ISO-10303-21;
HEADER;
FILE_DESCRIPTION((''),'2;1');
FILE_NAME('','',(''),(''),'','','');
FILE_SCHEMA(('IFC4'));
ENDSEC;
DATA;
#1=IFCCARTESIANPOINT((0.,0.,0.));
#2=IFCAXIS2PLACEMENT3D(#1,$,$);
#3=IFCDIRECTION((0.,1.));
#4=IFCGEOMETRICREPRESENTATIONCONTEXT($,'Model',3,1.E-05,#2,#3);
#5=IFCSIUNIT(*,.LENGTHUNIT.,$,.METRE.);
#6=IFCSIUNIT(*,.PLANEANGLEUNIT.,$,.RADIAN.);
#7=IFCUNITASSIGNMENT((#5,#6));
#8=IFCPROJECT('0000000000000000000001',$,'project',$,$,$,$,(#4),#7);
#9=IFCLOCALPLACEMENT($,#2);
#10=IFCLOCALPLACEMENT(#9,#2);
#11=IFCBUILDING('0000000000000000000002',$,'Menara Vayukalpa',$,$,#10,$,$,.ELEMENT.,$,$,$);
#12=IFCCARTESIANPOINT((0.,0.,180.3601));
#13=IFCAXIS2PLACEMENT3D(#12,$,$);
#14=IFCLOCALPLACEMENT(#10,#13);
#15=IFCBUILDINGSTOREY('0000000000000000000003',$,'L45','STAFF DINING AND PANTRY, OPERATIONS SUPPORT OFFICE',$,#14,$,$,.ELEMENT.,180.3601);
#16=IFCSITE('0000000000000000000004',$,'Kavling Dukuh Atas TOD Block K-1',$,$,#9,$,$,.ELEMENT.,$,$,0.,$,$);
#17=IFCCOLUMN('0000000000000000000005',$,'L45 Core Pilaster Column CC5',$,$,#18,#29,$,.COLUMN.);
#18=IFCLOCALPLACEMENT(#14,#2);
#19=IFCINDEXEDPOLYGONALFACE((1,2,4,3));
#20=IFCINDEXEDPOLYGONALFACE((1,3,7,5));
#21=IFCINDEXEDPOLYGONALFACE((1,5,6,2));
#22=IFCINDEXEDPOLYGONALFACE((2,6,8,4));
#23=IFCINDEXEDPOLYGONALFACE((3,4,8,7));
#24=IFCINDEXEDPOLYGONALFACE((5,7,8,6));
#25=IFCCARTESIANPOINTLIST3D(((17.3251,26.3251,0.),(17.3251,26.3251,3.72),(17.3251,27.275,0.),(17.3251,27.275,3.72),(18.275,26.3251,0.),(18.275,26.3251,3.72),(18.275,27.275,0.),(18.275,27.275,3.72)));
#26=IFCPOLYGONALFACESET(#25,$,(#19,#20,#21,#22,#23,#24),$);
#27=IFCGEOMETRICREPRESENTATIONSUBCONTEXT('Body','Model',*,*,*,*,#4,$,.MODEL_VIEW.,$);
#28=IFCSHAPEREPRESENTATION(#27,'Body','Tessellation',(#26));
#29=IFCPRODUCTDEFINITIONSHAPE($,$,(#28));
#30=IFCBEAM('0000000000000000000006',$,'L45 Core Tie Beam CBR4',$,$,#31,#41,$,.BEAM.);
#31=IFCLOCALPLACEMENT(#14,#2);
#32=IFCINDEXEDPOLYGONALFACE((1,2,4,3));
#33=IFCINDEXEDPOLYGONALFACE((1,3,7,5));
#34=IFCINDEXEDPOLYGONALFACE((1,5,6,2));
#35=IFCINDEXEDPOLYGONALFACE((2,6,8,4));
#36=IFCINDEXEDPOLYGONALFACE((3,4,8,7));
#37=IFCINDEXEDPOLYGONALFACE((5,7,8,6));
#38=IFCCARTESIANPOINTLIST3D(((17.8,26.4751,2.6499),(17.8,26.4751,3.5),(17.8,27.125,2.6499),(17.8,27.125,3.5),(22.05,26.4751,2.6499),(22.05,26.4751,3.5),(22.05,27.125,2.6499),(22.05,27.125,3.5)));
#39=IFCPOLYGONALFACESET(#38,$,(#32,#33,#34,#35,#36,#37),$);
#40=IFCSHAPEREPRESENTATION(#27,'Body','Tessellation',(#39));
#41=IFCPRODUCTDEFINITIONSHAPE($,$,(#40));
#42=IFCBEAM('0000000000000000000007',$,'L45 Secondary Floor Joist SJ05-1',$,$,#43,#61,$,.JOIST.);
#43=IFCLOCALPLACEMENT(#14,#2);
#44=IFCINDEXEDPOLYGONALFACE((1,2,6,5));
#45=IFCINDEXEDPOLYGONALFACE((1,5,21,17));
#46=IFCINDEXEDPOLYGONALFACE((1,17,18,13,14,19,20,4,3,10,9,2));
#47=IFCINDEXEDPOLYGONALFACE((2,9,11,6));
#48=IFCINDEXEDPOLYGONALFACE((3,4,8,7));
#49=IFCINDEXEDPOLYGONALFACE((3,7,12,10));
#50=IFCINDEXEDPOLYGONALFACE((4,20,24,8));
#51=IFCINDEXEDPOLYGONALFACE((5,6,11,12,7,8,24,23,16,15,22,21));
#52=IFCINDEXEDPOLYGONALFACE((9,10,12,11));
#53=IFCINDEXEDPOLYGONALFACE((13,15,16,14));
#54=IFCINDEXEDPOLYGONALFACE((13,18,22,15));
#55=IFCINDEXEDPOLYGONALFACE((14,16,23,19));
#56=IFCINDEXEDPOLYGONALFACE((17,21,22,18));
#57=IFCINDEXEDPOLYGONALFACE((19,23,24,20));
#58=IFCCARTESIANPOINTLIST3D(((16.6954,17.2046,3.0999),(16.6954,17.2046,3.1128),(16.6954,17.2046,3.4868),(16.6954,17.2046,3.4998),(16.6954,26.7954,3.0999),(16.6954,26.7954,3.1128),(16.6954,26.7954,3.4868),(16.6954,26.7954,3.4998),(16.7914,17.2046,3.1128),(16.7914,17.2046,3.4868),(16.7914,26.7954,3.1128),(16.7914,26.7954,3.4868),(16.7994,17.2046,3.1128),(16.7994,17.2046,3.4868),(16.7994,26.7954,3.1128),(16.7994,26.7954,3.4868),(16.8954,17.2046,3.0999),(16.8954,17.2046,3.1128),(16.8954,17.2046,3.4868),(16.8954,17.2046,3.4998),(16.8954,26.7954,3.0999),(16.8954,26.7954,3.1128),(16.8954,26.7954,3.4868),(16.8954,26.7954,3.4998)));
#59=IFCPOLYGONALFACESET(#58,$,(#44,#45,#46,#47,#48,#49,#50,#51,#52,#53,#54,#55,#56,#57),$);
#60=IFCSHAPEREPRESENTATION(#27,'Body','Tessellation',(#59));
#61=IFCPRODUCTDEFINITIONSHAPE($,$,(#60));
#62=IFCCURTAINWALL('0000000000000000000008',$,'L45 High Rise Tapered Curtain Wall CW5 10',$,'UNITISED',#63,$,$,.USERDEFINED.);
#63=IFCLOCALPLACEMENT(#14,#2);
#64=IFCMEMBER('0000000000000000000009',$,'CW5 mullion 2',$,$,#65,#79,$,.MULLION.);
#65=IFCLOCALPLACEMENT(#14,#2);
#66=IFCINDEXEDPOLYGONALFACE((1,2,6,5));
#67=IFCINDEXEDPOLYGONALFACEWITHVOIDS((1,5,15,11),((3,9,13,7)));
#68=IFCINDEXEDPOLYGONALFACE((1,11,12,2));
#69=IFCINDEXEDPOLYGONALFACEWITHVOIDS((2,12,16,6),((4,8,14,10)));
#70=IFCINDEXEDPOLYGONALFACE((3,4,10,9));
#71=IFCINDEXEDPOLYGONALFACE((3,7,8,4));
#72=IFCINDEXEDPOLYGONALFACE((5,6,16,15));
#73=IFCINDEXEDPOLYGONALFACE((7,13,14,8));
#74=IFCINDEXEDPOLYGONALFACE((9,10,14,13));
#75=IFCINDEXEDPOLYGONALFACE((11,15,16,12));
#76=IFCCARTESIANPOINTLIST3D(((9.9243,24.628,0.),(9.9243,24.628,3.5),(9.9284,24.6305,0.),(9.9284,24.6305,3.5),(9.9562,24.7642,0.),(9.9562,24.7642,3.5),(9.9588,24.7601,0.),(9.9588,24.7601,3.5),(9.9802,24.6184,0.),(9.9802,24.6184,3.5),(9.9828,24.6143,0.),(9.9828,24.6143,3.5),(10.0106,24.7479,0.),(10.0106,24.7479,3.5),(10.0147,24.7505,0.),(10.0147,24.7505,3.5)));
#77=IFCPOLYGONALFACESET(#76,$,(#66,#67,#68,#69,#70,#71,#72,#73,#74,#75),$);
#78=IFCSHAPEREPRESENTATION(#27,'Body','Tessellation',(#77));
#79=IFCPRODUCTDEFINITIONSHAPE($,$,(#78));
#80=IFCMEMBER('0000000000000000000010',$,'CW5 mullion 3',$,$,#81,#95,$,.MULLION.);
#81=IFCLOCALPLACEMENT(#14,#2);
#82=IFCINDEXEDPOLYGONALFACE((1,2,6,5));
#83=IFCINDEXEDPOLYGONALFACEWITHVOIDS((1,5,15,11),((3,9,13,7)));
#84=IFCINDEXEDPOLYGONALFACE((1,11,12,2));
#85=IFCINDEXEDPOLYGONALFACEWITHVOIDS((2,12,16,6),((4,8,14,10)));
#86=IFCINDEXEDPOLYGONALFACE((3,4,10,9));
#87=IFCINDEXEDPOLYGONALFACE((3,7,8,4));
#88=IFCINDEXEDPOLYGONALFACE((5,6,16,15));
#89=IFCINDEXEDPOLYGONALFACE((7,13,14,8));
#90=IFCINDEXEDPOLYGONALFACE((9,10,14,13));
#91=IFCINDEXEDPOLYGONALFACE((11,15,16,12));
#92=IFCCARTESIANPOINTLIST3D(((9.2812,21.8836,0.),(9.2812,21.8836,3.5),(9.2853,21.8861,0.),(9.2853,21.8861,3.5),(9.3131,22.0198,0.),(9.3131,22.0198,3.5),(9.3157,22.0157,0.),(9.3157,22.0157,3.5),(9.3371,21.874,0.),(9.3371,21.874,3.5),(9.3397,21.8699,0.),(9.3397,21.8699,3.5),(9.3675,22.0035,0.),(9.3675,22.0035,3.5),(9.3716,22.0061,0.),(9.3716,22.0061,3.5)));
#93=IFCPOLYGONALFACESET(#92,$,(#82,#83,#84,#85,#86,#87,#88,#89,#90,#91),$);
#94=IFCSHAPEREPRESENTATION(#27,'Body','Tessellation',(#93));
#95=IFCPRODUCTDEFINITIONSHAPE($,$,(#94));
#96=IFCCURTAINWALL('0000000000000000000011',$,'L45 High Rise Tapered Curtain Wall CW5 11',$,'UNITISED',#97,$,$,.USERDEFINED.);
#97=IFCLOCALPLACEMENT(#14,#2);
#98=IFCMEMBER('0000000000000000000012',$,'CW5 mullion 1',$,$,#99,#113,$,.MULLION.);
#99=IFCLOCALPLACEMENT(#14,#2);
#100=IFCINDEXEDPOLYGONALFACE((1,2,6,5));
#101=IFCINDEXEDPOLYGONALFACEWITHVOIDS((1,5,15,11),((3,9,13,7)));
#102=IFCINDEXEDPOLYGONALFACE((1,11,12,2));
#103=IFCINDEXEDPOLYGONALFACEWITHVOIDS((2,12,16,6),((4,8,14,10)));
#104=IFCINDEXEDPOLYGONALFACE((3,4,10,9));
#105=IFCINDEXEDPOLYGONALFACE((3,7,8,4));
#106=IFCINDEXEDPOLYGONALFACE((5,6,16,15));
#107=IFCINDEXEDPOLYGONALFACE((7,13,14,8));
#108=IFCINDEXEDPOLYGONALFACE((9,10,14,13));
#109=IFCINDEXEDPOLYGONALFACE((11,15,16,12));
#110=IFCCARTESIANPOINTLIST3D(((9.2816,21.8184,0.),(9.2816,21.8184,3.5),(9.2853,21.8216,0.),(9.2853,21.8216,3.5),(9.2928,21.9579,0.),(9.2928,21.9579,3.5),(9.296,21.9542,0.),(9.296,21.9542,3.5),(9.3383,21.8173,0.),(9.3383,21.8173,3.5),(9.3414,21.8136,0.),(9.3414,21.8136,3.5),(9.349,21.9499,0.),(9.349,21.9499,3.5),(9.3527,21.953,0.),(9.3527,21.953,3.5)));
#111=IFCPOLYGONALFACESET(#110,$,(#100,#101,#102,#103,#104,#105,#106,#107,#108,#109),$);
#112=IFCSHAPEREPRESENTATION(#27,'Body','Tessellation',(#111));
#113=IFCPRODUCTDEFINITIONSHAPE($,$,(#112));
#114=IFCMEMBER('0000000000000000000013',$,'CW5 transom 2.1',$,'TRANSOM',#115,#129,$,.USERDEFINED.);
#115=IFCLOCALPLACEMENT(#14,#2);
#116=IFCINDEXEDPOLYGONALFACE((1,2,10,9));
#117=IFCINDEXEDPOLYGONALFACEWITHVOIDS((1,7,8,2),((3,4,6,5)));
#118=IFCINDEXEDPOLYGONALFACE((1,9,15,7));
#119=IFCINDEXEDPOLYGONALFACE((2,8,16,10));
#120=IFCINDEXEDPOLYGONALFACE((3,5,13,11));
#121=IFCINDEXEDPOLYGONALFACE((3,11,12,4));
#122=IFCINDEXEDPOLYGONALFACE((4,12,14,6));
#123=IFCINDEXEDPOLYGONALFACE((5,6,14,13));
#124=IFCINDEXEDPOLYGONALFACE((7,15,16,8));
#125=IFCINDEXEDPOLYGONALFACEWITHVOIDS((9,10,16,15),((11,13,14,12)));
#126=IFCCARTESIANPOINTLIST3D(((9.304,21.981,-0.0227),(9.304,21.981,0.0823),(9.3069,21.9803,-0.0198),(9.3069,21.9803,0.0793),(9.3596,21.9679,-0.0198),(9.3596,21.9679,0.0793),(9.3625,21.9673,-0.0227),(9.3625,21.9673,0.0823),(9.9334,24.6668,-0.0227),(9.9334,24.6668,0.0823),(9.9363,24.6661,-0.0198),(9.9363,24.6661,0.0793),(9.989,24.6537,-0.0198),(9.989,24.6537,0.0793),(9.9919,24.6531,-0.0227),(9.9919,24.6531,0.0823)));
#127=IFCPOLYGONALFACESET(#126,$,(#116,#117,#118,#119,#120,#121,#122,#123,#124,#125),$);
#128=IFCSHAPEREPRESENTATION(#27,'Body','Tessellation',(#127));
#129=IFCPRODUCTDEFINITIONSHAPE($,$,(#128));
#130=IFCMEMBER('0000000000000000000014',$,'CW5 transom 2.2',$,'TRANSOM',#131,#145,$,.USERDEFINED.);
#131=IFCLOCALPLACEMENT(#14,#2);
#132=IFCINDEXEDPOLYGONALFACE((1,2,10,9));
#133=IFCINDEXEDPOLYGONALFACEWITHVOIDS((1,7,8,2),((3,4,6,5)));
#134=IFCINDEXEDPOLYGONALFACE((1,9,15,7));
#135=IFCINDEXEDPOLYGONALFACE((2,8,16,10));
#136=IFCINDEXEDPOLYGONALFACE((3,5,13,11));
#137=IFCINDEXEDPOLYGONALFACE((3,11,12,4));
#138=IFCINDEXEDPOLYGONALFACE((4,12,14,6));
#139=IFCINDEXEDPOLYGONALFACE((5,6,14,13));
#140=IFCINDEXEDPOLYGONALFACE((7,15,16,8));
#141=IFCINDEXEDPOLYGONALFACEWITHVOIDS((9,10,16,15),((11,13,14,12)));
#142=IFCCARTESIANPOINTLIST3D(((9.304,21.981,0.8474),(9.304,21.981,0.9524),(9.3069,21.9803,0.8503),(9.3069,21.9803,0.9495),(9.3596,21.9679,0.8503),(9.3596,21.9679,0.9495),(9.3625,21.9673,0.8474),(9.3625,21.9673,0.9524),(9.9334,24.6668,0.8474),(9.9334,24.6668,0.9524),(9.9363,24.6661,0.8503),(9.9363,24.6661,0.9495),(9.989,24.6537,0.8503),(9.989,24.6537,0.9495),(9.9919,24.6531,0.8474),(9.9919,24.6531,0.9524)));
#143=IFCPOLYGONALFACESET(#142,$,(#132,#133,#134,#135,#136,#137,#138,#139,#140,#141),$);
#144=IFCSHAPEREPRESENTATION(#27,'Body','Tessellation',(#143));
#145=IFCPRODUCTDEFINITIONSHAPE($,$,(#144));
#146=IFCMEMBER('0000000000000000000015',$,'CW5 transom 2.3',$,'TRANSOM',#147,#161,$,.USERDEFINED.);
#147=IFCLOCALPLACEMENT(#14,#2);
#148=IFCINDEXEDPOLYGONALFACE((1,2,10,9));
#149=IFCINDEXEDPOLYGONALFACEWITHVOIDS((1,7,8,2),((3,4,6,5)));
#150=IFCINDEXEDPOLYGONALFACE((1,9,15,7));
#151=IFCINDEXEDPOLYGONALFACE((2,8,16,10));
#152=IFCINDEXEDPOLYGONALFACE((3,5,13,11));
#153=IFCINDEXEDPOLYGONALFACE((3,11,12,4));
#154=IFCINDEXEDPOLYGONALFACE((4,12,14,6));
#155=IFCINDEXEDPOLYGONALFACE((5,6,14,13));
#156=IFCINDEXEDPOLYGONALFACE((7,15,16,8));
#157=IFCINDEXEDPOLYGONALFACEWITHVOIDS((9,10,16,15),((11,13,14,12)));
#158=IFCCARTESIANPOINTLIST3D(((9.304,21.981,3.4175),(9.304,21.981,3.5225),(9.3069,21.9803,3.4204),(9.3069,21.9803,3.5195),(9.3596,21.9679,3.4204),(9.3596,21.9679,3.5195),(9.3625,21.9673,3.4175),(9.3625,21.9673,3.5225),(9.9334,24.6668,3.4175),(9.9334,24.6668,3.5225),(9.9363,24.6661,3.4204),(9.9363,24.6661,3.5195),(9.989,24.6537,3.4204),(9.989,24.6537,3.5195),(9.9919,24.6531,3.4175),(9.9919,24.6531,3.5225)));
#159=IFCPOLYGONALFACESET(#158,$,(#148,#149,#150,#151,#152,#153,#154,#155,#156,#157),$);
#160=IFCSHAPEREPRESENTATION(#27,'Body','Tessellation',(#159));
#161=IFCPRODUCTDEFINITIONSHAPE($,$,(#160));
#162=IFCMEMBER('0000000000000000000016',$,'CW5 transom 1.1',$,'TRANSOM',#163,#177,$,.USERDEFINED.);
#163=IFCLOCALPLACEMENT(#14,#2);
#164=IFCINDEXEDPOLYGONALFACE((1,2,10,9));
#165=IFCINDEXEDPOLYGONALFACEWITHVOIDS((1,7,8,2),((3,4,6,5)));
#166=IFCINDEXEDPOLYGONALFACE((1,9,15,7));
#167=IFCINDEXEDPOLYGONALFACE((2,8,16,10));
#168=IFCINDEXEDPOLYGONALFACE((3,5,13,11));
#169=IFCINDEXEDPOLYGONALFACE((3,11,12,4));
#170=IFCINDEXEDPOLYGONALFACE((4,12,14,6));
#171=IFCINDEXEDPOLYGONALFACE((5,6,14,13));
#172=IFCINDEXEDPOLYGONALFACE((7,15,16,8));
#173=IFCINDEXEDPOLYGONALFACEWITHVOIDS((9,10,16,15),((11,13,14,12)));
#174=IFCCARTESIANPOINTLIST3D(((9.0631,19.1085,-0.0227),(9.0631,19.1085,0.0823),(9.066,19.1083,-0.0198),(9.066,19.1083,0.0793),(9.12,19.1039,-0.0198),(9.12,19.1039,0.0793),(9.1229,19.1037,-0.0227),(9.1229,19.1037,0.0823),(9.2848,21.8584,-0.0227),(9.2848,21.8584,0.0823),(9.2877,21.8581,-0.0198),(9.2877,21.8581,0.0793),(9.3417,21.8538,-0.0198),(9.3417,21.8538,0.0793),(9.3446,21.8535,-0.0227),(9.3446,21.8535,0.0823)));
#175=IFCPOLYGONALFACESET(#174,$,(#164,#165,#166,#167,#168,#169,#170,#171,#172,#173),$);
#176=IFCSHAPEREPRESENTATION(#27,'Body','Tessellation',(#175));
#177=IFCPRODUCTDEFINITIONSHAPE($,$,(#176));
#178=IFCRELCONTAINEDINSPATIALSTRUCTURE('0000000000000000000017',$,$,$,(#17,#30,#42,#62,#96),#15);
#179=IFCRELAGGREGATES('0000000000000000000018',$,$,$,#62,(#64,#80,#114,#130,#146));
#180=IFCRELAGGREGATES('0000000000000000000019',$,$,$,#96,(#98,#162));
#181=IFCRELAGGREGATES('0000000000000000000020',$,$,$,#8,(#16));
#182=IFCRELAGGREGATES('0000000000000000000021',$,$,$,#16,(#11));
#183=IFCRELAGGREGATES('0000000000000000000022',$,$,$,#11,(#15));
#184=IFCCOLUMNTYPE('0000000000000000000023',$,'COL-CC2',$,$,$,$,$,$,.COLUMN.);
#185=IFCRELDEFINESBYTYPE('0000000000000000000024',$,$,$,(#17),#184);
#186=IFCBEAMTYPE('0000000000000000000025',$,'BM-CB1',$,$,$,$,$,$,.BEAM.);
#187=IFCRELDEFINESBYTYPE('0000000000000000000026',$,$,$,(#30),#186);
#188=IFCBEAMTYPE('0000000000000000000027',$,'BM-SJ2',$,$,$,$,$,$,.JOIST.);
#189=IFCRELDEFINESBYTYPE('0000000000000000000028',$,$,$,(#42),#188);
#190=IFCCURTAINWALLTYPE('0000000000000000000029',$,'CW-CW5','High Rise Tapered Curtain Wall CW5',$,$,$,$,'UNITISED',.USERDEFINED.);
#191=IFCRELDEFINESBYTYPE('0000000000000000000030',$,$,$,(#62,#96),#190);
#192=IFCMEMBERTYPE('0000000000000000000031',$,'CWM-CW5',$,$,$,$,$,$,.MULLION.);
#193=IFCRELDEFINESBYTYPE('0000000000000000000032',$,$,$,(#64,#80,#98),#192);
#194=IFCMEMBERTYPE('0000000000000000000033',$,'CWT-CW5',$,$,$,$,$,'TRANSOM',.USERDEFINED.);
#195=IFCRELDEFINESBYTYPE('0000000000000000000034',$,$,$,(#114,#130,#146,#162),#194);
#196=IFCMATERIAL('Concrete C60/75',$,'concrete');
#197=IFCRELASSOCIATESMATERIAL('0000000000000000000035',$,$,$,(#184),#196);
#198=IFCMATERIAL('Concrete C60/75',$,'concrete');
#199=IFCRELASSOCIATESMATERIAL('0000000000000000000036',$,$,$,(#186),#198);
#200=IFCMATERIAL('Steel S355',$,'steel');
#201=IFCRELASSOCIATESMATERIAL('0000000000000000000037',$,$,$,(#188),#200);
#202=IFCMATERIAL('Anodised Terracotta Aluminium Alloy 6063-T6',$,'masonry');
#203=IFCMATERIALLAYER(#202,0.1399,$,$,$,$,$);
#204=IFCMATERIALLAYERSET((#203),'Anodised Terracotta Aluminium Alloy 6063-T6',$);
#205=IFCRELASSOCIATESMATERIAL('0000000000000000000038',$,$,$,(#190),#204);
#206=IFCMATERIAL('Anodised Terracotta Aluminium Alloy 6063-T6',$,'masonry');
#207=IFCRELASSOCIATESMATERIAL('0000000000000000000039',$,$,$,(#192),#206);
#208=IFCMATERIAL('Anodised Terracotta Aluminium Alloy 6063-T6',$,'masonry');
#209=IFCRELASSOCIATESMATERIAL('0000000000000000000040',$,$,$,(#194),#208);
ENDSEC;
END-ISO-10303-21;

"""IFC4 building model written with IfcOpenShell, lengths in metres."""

from ifc_helpers import new_model, si_unit, direction, frame, origin, origin_2d, place, context, subcontext, project, spatial, rectangle, hollow_rectangle, i_section, extrude, material, layer, layer_set, material_profile, profile_set, type_object, element, aggregate, save


model = new_model("IFC4")

# Units and contexts
model_context = context("Model", 3, precision=1e-05, world=origin(), true_north=direction((0.0, 1.0)))
body_context = subcontext(model_context, "Body", "Model", "MODEL_VIEW")
ifc_project = project(units=[si_unit("LENGTHUNIT", "METRE"), si_unit("PLANEANGLEUNIT", "RADIAN")], contexts=[model_context])

# Site, building, storey
site_placement = place(None, origin())
site = spatial("IfcSite", under=ifc_project, at=site_placement, Name="Kavling Dukuh Atas TOD Block K-1", CompositionType="ELEMENT", RefElevation=0.0)
building_placement = place(site_placement, origin())
building = spatial("IfcBuilding", under=site, at=building_placement, Name="Menara Vayukalpa", CompositionType="ELEMENT")
storey_placement = place(building_placement, frame((0.0, 0.0, 180.3601)))
storey = spatial("IfcBuildingStorey", under=building, at=storey_placement, Name="L45", Description="STAFF DINING AND PANTRY, OPERATIONS SUPPORT OFFICE", CompositionType="ELEMENT", Elevation=180.3601)

# Column
ifc_material_1 = material(Name="Concrete C60/75", Category="concrete")
ifc_material_profile_1 = material_profile(ifc_material_1, rectangle(XDim=0.95, YDim=0.95, at=origin_2d()), Name="RC 950x950")
ifc_profile_set_1 = profile_set([ifc_material_profile_1], Name="Concrete C60/75")
column_type = type_object("IfcColumnType", Name="COL-CC2", PredefinedType="COLUMN", material=ifc_profile_set_1)
column_placement = place(storey_placement, frame((17.8, 26.8, 0.0), z_axis=(0.0, 0.0, 1.0), x_axis=(1.0, 0.0, 0.0)))
element("IfcColumn", 1, at=column_placement, inside=storey, type_object=column_type, Name="L45 Core Pilaster Column CC5", PredefinedType="COLUMN", context=body_context, shape_type="SweptSolid", body=[
    extrude(rectangle(XDim=0.95, YDim=0.95, at=origin_2d()), origin(), (0.0, 0.0, 1.0), 3.72),
])

# Beams
ifc_material_2 = material(Name="Concrete C60/75", Category="concrete")
ifc_material_profile_2 = material_profile(ifc_material_2, rectangle(XDim=0.6499, YDim=0.8501, at=origin_2d()), Name="RC 650x850")
ifc_profile_set_2 = profile_set([ifc_material_profile_2], Name="Concrete C60/75")
beam_type_1 = type_object("IfcBeamType", Name="BM-CB1", PredefinedType="BEAM", material=ifc_profile_set_2)
beam_1_placement = place(storey_placement, frame((17.8, 26.8, 3.075), z_axis=(1.0, 0.0, 0.0), x_axis=(0.0, 1.0, 0.0)))
element("IfcBeam", 2, at=beam_1_placement, inside=storey, type_object=beam_type_1, Name="L45 Core Tie Beam CBR4", PredefinedType="BEAM", context=body_context, shape_type="SweptSolid", body=[
    extrude(rectangle(XDim=0.6499, YDim=0.8501, at=origin_2d()), origin(), (0.0, 0.0, 1.0), 4.25),
])
ifc_material_3 = material(Name="Steel S355", Category="steel")
ifc_material_profile_3 = material_profile(ifc_material_3, i_section(OverallWidth=0.2, OverallDepth=0.3999, WebThickness=0.0081, FlangeThickness=0.0129, at=origin_2d()), Name="WF 400x200x8x13")
ifc_profile_set_3 = profile_set([ifc_material_profile_3], Name="Steel S355")
beam_type_2 = type_object("IfcBeamType", Name="BM-SJ2", PredefinedType="JOIST", material=ifc_profile_set_3)
beam_2_placement = place(storey_placement, frame((16.7954, 26.7954, 3.2998), z_axis=(0.0, -1.0, 0.0), x_axis=(1.0, 0.0, 0.0)))
element("IfcBeam", 3, at=beam_2_placement, inside=storey, type_object=beam_type_2, Name="L45 Secondary Floor Joist SJ05-1", PredefinedType="JOIST", context=body_context, shape_type="SweptSolid", body=[
    extrude(i_section(OverallWidth=0.2, OverallDepth=0.3999, WebThickness=0.0081, FlangeThickness=0.0129, at=origin_2d()), origin(), (0.0, 0.0, 1.0), 9.5908),
])

# Curtain wall, members
ifc_material_4 = material(Name="Anodised Terracotta Aluminium Alloy 6063-T6", Category="masonry")
ifc_layer_1 = layer(ifc_material_4, 0.1399)
ifc_layer_set_1 = layer_set([ifc_layer_1], Name="Anodised Terracotta Aluminium Alloy 6063-T6")
curtain_wall_type = type_object("IfcCurtainWallType", Name="CW-CW5", Description="High Rise Tapered Curtain Wall CW5", ElementType="UNITISED", PredefinedType="USERDEFINED", material=ifc_layer_set_1)
curtain_wall_1_placement = place(storey_placement, origin())
curtain_wall_1 = element("IfcCurtainWall", 4, at=curtain_wall_1_placement, inside=storey, type_object=curtain_wall_type, Name="L45 High Rise Tapered Curtain Wall CW5 10", ObjectType="UNITISED", PredefinedType="USERDEFINED")
ifc_material_5 = material(Name="Anodised Terracotta Aluminium Alloy 6063-T6", Category="masonry")
ifc_material_profile_4 = material_profile(ifc_material_5, hollow_rectangle(XDim=0.0601, YDim=0.1399, WallThickness=0.0034, at=origin_2d()), Name="ALU 60x140x3.5")
ifc_profile_set_4 = profile_set([ifc_material_profile_4], Name="Anodised Terracotta Aluminium Alloy 6063-T6")
member_type_1 = type_object("IfcMemberType", Name="CWM-CW5", PredefinedType="MULLION", material=ifc_profile_set_4)
member_1_placement = place(storey_placement, frame((9.9695, 24.6892, 0.0), z_axis=(0.0, 0.0, 1.0), x_axis=(0.973626, -0.228149, 0.0)))
member_1 = element("IfcMember", 5, at=member_1_placement, type_object=member_type_1, Name="CW5 mullion 2", PredefinedType="MULLION", context=body_context, shape_type="SweptSolid", body=[
    extrude(hollow_rectangle(XDim=0.0601, YDim=0.1399, WallThickness=0.0034, at=origin_2d()), origin(), (0.0, 0.0, 1.0), 3.5),
])
member_2_placement = place(storey_placement, frame((9.3264, 21.9448, 0.0), z_axis=(0.0, 0.0, 1.0), x_axis=(0.973626, -0.228149, 0.0)))
member_2 = element("IfcMember", 6, at=member_2_placement, type_object=member_type_1, Name="CW5 mullion 3", PredefinedType="MULLION", context=body_context, shape_type="SweptSolid", body=[
    extrude(hollow_rectangle(XDim=0.0601, YDim=0.1399, WallThickness=0.0034, at=origin_2d()), origin(), (0.0, 0.0, 1.0), 3.5),
])

# Curtain wall, member
curtain_wall_2_placement = place(storey_placement, origin())
curtain_wall_2 = element("IfcCurtainWall", 7, at=curtain_wall_2_placement, inside=storey, type_object=curtain_wall_type, Name="L45 High Rise Tapered Curtain Wall CW5 11", ObjectType="UNITISED", PredefinedType="USERDEFINED")
member_3_placement = place(storey_placement, frame((9.3171, 21.8857, 0.0), z_axis=(0.0, 0.0, 1.0), x_axis=(0.996765, -0.080374, 0.0)))
member_3 = element("IfcMember", 8, at=member_3_placement, type_object=member_type_1, Name="CW5 mullion 1", PredefinedType="MULLION", context=body_context, shape_type="SweptSolid", body=[
    extrude(hollow_rectangle(XDim=0.0601, YDim=0.1399, WallThickness=0.0034, at=origin_2d()), origin(), (0.0, 0.0, 1.0), 3.5),
])

# Members
ifc_material_6 = material(Name="Anodised Terracotta Aluminium Alloy 6063-T6", Category="masonry")
ifc_material_profile_5 = material_profile(ifc_material_6, hollow_rectangle(XDim=0.0601, YDim=0.105, WallThickness=0.0029, at=origin_2d()), Name="ALU 60x105x3")
ifc_profile_set_5 = profile_set([ifc_material_profile_5], Name="Anodised Terracotta Aluminium Alloy 6063-T6")
member_type_2 = type_object("IfcMemberType", Name="CWT-CW5", ElementType="TRANSOM", PredefinedType="USERDEFINED", material=ifc_profile_set_5)
member_4_placement = place(storey_placement, frame((9.9626, 24.6599, 0.0298), z_axis=(-0.228161, -0.973623, 0.0), x_axis=(0.973623, -0.228161, 0.0)))
member_4 = element("IfcMember", 9, at=member_4_placement, type_object=member_type_2, Name="CW5 transom 2.1", ObjectType="TRANSOM", PredefinedType="USERDEFINED", context=body_context, shape_type="SweptSolid", body=[
    extrude(hollow_rectangle(XDim=0.0601, YDim=0.105, WallThickness=0.0029, at=origin_2d()), origin(), (0.0, 0.0, 1.0), 2.7585),
])
member_5_placement = place(storey_placement, frame((9.9626, 24.6599, 0.8999), z_axis=(-0.228161, -0.973623, 0.0), x_axis=(0.973623, -0.228161, 0.0)))
member_5 = element("IfcMember", 10, at=member_5_placement, type_object=member_type_2, Name="CW5 transom 2.2", ObjectType="TRANSOM", PredefinedType="USERDEFINED", context=body_context, shape_type="SweptSolid", body=[
    extrude(hollow_rectangle(XDim=0.0601, YDim=0.105, WallThickness=0.0029, at=origin_2d()), origin(), (0.0, 0.0, 1.0), 2.7585),
])
member_6_placement = place(storey_placement, frame((9.9626, 24.6599, 3.47), z_axis=(-0.228161, -0.973623, 0.0), x_axis=(0.973623, -0.228161, 0.0)))
member_6 = element("IfcMember", 11, at=member_6_placement, type_object=member_type_2, Name="CW5 transom 2.3", ObjectType="TRANSOM", PredefinedType="USERDEFINED", context=body_context, shape_type="SweptSolid", body=[
    extrude(hollow_rectangle(XDim=0.0601, YDim=0.105, WallThickness=0.0029, at=origin_2d()), origin(), (0.0, 0.0, 1.0), 2.7585),
])
member_7_placement = place(storey_placement, frame((9.3147, 21.856, 0.0298), z_axis=(-0.080357, -0.996766, 0.0), x_axis=(0.996766, -0.080357, 0.0)))
member_7 = element("IfcMember", 12, at=member_7_placement, type_object=member_type_2, Name="CW5 transom 1.1", ObjectType="TRANSOM", PredefinedType="USERDEFINED", context=body_context, shape_type="SweptSolid", body=[
    extrude(hollow_rectangle(XDim=0.0601, YDim=0.105, WallThickness=0.0029, at=origin_2d()), origin(), (0.0, 0.0, 1.0), 2.7588),
])

aggregate(curtain_wall_1, [member_1, member_2, member_4, member_5, member_6])
aggregate(curtain_wall_2, [member_3, member_7])

save(model, "model.ifc")
